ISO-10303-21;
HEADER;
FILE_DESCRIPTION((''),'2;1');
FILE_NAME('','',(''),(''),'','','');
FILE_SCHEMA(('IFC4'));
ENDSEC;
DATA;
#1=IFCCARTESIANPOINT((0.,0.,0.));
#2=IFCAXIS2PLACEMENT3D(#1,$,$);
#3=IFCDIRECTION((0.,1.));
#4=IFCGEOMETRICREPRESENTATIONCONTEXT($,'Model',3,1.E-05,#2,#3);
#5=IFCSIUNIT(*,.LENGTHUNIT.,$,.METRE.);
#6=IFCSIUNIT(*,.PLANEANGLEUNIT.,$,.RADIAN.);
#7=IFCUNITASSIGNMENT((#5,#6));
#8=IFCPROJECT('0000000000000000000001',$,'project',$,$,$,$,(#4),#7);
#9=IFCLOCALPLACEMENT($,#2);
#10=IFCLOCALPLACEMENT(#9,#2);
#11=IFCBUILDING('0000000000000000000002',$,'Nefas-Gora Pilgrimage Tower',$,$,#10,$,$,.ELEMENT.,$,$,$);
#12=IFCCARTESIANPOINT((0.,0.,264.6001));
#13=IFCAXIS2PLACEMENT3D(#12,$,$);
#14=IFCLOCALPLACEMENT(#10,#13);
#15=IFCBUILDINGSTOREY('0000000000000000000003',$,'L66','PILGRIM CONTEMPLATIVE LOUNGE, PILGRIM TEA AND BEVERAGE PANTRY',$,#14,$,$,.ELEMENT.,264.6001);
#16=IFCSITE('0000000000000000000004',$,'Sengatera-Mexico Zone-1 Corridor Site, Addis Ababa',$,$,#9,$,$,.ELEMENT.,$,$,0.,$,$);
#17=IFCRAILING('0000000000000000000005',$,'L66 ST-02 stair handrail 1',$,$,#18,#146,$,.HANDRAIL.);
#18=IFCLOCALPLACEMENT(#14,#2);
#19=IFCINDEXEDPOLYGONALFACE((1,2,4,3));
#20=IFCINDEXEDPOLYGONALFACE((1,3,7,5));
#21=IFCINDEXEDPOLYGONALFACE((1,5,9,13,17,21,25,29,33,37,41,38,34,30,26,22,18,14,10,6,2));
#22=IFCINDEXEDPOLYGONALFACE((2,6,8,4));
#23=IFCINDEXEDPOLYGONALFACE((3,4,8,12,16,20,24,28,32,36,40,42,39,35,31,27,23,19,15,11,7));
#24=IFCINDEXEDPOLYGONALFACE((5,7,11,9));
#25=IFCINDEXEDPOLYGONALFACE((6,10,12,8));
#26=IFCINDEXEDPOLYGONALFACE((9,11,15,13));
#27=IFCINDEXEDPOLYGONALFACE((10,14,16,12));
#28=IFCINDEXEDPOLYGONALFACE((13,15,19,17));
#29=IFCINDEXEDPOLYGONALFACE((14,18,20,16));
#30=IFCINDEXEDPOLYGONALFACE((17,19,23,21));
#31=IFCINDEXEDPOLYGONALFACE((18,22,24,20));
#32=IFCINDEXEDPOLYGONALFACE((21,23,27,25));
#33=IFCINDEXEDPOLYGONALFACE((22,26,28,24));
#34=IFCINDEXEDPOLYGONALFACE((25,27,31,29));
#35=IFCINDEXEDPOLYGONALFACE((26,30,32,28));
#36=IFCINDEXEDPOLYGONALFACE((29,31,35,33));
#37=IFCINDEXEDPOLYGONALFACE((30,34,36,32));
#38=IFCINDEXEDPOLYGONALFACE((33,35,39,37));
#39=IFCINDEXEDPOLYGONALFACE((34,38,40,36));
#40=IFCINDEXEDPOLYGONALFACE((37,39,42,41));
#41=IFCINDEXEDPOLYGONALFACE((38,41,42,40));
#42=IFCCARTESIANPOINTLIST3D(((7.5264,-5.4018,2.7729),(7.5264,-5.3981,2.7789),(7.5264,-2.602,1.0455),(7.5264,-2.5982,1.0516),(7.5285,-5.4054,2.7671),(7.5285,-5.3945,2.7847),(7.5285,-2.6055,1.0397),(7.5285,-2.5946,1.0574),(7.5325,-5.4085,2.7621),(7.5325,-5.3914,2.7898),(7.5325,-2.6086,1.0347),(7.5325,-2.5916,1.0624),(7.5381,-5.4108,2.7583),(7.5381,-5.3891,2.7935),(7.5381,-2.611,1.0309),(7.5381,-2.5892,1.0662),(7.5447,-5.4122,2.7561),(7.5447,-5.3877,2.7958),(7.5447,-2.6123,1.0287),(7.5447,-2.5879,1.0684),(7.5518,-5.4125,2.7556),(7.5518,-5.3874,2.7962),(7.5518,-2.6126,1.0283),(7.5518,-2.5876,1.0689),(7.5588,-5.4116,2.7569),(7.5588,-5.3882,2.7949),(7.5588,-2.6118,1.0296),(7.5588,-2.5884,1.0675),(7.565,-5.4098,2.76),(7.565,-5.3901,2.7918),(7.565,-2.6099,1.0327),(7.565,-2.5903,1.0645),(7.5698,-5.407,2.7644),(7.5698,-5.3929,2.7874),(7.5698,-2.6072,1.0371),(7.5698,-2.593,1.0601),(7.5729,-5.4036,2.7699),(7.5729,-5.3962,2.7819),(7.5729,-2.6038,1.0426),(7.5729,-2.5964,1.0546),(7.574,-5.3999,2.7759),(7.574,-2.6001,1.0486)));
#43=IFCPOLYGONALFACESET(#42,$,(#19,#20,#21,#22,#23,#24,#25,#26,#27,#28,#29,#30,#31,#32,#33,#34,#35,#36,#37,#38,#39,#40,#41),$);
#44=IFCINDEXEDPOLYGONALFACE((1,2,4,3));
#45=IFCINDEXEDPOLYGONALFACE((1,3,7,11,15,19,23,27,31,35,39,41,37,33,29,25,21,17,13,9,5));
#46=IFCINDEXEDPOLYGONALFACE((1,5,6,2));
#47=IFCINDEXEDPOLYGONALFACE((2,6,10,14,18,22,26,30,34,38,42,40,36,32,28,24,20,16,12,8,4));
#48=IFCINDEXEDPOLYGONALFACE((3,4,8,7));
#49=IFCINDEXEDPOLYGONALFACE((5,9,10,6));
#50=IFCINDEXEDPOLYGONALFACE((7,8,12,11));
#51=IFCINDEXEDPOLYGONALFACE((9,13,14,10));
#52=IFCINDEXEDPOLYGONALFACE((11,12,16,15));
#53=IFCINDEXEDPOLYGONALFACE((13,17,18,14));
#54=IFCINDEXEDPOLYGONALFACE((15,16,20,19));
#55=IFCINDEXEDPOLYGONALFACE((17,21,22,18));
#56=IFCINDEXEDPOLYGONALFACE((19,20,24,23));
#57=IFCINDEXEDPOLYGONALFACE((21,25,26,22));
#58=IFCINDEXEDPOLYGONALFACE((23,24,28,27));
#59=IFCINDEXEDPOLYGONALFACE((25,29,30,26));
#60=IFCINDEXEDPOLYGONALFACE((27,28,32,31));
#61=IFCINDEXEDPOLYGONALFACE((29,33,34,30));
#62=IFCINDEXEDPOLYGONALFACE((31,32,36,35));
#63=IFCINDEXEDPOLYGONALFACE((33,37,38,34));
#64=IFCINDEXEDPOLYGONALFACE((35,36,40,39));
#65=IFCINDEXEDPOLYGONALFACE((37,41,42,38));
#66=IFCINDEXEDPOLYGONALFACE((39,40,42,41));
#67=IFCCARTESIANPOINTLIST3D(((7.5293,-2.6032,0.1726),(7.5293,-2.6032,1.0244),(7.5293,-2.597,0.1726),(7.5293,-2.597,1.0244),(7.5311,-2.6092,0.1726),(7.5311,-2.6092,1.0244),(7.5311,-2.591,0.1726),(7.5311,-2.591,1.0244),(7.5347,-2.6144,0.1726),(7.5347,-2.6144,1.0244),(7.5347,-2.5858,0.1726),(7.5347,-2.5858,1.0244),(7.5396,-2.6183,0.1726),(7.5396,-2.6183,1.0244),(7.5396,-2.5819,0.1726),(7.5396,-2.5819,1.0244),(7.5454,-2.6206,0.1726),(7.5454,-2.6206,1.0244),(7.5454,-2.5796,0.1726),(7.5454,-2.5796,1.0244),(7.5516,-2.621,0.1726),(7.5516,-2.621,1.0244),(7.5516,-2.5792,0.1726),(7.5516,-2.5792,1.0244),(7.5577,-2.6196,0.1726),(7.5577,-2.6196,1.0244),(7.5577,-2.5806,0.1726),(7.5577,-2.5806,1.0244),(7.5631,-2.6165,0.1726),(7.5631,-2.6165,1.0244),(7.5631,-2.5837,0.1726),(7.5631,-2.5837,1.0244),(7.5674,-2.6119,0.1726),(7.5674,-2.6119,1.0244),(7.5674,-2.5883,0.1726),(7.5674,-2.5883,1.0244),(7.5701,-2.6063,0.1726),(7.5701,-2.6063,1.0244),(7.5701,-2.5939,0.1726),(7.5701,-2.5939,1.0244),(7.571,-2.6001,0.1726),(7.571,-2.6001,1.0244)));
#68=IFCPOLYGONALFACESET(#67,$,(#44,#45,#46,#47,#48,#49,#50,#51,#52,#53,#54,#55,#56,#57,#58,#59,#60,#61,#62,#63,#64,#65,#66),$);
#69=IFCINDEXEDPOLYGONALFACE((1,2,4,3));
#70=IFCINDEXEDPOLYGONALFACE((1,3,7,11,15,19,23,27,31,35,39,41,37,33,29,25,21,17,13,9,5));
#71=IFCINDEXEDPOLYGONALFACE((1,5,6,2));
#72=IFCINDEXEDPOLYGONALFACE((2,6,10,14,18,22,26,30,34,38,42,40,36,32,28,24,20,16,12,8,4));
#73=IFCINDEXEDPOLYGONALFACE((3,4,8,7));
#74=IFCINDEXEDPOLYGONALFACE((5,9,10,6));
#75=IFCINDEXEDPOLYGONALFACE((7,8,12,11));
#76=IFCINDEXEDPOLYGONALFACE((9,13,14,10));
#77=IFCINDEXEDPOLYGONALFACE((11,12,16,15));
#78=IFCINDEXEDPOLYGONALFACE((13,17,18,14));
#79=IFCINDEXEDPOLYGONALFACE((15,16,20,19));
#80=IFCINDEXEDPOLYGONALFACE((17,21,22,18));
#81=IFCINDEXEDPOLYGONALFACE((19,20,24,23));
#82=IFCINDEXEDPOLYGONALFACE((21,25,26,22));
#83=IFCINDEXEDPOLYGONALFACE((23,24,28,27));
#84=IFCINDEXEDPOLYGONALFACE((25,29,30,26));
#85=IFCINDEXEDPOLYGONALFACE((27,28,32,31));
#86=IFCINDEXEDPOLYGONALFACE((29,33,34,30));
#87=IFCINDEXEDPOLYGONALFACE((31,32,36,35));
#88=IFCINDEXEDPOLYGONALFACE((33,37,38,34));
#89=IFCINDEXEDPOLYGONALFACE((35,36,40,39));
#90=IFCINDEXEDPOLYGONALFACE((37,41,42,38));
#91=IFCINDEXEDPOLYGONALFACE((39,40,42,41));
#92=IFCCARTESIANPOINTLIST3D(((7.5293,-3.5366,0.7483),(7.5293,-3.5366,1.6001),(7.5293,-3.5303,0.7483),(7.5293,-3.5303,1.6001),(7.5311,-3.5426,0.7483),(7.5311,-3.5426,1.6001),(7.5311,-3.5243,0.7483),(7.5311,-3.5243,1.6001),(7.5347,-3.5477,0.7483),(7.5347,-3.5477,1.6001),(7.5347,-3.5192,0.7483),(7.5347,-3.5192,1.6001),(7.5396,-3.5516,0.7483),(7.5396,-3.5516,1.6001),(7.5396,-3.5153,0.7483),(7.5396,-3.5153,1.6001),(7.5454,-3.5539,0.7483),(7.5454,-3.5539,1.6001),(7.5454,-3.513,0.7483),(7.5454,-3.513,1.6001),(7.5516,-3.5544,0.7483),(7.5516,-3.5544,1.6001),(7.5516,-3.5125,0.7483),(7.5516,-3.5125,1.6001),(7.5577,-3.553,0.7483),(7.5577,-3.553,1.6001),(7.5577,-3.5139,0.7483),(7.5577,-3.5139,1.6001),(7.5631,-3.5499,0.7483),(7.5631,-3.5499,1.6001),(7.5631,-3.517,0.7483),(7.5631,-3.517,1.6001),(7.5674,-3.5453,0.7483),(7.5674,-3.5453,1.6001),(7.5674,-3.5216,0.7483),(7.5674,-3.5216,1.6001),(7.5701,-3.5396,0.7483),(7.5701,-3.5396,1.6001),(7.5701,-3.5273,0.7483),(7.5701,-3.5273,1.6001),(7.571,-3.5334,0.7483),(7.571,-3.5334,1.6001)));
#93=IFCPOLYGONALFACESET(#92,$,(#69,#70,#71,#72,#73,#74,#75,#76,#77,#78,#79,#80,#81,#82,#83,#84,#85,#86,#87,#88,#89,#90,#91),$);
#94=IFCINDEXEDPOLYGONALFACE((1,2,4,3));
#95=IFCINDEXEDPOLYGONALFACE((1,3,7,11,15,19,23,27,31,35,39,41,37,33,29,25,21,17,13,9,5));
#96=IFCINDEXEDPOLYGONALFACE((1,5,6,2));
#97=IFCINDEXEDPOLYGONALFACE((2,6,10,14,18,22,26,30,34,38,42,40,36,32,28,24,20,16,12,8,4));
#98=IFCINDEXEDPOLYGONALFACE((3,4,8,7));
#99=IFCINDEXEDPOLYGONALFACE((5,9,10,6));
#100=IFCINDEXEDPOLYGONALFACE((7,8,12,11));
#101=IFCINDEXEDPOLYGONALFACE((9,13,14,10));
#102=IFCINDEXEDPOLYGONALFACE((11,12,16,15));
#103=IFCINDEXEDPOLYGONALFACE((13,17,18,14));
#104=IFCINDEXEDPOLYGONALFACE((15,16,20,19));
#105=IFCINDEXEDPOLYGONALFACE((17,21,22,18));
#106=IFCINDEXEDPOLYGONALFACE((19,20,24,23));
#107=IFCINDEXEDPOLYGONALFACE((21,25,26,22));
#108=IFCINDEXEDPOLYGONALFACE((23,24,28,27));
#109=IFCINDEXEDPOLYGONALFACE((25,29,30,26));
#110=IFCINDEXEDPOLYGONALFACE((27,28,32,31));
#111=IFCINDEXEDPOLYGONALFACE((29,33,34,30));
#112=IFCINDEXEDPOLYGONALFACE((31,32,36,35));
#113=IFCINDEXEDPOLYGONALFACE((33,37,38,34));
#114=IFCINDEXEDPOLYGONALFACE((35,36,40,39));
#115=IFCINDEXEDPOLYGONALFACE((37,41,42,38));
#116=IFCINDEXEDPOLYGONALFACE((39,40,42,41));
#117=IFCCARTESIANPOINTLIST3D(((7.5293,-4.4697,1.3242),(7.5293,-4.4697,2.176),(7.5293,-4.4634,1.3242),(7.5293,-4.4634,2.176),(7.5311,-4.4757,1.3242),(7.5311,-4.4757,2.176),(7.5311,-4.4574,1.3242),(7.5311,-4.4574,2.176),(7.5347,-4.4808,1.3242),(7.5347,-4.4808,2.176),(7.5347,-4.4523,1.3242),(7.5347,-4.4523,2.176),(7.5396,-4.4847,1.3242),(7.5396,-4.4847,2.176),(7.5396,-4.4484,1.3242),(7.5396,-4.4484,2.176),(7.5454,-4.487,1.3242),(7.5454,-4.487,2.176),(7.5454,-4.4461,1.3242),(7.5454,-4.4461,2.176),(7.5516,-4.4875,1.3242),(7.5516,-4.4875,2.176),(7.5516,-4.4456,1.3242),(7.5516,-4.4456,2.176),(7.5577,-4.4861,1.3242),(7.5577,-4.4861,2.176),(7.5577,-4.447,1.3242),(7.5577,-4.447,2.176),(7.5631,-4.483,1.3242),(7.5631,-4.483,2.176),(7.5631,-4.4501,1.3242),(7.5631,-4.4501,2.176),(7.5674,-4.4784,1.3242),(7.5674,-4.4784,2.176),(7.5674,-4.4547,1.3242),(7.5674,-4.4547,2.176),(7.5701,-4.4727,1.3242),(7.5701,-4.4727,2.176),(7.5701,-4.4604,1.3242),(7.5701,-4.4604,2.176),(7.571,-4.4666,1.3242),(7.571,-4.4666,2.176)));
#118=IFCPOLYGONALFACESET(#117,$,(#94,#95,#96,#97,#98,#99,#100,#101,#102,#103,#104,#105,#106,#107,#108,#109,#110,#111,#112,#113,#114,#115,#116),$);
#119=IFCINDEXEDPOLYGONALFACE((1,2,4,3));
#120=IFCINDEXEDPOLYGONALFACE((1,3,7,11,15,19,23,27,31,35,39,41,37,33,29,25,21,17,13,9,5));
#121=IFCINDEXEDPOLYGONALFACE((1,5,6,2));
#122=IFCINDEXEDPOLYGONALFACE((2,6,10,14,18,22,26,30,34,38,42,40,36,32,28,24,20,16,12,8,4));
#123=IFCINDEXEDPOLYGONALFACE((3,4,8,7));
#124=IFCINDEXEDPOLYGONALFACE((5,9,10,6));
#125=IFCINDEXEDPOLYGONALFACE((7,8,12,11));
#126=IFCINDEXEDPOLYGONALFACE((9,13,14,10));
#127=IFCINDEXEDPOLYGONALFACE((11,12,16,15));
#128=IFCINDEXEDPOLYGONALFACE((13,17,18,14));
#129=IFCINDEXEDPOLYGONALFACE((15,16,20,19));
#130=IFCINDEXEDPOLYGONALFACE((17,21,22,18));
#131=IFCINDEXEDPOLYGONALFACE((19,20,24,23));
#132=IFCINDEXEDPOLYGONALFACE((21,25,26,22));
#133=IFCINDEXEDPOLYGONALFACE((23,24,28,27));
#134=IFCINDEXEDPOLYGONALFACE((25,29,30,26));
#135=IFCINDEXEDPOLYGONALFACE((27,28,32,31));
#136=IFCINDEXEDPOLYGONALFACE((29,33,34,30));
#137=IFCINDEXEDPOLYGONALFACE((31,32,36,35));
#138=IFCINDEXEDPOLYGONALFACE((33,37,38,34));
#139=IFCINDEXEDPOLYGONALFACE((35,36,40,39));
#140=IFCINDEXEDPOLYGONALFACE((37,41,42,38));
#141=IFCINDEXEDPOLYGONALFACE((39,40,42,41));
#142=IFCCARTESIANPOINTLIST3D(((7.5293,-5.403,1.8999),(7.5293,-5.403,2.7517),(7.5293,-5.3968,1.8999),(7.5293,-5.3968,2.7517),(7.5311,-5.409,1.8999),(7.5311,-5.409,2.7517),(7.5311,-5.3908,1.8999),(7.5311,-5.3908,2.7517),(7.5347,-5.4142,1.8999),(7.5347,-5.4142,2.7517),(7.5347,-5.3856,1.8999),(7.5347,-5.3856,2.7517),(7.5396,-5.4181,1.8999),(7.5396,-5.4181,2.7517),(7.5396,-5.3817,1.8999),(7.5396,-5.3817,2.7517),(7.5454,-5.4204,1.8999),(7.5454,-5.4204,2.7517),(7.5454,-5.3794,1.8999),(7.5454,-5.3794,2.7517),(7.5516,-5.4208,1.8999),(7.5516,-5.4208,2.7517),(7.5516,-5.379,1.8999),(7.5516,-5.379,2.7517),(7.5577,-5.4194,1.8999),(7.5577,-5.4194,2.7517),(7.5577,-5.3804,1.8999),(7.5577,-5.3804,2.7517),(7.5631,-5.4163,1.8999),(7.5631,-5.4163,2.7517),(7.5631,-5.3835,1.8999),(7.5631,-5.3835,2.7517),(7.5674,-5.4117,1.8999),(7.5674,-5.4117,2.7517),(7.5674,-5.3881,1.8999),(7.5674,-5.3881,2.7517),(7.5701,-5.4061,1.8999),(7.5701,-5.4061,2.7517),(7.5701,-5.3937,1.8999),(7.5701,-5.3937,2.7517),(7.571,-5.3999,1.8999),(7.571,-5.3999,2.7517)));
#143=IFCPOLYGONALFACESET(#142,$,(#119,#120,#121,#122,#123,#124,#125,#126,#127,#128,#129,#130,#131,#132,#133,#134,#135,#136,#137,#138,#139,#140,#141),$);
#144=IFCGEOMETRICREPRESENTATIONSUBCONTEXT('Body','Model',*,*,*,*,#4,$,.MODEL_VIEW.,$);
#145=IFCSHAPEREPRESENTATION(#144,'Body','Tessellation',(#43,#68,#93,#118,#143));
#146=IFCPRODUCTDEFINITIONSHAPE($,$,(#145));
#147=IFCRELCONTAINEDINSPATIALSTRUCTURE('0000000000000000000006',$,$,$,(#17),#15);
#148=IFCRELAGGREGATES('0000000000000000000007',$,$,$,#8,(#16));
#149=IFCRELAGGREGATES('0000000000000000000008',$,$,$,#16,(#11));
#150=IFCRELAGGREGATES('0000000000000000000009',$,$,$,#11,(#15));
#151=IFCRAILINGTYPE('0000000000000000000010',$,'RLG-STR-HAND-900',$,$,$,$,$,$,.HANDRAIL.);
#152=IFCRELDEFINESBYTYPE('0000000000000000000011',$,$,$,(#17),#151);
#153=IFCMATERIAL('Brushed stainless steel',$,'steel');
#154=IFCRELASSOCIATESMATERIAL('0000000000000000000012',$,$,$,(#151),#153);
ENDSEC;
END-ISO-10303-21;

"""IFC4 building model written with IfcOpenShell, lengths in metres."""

from ifc_helpers import new_model, si_unit, direction, frame, origin, origin_2d, place, context, subcontext, project, spatial, circle, extrude, material, type_object, element, save


model = new_model("IFC4")

# Units and contexts
model_context = context("Model", 3, precision=1e-05, world=origin(), true_north=direction((0.0, 1.0)))
body_context = subcontext(model_context, "Body", "Model", "MODEL_VIEW")
ifc_project = project(units=[si_unit("LENGTHUNIT", "METRE"), si_unit("PLANEANGLEUNIT", "RADIAN")], contexts=[model_context])

# Site, building, storey
site_placement = place(None, origin())
site = spatial("IfcSite", under=ifc_project, at=site_placement, Name="Sengatera-Mexico Zone-1 Corridor Site, Addis Ababa", CompositionType="ELEMENT", RefElevation=0.0)
building_placement = place(site_placement, origin())
building = spatial("IfcBuilding", under=site, at=building_placement, Name="Nefas-Gora Pilgrimage Tower", CompositionType="ELEMENT")
storey_placement = place(building_placement, frame((0.0, 0.0, 264.6001)))
storey = spatial("IfcBuildingStorey", under=building, at=storey_placement, Name="L66", Description="PILGRIM CONTEMPLATIVE LOUNGE, PILGRIM TEA AND BEVERAGE PANTRY", CompositionType="ELEMENT", Elevation=264.6001)

# Railing
ifc_material_1 = material(Name="Brushed stainless steel", Category="steel")
railing_type_1 = type_object("IfcRailingType", Name="RLG-STR-HAND-900", PredefinedType="HANDRAIL", material=ifc_material_1)
railing_1_placement = place(storey_placement, frame((7.55, -2.6001, 0.1726)))
element("IfcRailing", 1, at=railing_1_placement, inside=storey, type_object=railing_type_1, Name="L66 ST-02 stair handrail 1", PredefinedType="HANDRAIL", context=body_context, shape_type="SweptSolid", body=[
    extrude(circle(Radius=0.0239, at=origin_2d()), frame((0.0, 0.0, 0.876), z_axis=(0.0, -0.851069, 0.525054), x_axis=(1.0, 0.0, 0.0)), (0.0, 0.0, 1.0), 3.2898),
    extrude(circle(Radius=0.021, at=origin_2d()), origin(), (0.0, 0.0, 1.0), 0.8518),
    extrude(circle(Radius=0.021, at=origin_2d()), frame((0.0, -0.9333, 0.5757)), (0.0, 0.0, 1.0), 0.8518),
    extrude(circle(Radius=0.021, at=origin_2d()), frame((0.0, -1.8665, 1.1516)), (0.0, 0.0, 1.0), 0.8518),
    extrude(circle(Radius=0.021, at=origin_2d()), frame((0.0, -2.7998, 1.7273)), (0.0, 0.0, 1.0), 0.8518),
])

save(model, "model.ifc")
